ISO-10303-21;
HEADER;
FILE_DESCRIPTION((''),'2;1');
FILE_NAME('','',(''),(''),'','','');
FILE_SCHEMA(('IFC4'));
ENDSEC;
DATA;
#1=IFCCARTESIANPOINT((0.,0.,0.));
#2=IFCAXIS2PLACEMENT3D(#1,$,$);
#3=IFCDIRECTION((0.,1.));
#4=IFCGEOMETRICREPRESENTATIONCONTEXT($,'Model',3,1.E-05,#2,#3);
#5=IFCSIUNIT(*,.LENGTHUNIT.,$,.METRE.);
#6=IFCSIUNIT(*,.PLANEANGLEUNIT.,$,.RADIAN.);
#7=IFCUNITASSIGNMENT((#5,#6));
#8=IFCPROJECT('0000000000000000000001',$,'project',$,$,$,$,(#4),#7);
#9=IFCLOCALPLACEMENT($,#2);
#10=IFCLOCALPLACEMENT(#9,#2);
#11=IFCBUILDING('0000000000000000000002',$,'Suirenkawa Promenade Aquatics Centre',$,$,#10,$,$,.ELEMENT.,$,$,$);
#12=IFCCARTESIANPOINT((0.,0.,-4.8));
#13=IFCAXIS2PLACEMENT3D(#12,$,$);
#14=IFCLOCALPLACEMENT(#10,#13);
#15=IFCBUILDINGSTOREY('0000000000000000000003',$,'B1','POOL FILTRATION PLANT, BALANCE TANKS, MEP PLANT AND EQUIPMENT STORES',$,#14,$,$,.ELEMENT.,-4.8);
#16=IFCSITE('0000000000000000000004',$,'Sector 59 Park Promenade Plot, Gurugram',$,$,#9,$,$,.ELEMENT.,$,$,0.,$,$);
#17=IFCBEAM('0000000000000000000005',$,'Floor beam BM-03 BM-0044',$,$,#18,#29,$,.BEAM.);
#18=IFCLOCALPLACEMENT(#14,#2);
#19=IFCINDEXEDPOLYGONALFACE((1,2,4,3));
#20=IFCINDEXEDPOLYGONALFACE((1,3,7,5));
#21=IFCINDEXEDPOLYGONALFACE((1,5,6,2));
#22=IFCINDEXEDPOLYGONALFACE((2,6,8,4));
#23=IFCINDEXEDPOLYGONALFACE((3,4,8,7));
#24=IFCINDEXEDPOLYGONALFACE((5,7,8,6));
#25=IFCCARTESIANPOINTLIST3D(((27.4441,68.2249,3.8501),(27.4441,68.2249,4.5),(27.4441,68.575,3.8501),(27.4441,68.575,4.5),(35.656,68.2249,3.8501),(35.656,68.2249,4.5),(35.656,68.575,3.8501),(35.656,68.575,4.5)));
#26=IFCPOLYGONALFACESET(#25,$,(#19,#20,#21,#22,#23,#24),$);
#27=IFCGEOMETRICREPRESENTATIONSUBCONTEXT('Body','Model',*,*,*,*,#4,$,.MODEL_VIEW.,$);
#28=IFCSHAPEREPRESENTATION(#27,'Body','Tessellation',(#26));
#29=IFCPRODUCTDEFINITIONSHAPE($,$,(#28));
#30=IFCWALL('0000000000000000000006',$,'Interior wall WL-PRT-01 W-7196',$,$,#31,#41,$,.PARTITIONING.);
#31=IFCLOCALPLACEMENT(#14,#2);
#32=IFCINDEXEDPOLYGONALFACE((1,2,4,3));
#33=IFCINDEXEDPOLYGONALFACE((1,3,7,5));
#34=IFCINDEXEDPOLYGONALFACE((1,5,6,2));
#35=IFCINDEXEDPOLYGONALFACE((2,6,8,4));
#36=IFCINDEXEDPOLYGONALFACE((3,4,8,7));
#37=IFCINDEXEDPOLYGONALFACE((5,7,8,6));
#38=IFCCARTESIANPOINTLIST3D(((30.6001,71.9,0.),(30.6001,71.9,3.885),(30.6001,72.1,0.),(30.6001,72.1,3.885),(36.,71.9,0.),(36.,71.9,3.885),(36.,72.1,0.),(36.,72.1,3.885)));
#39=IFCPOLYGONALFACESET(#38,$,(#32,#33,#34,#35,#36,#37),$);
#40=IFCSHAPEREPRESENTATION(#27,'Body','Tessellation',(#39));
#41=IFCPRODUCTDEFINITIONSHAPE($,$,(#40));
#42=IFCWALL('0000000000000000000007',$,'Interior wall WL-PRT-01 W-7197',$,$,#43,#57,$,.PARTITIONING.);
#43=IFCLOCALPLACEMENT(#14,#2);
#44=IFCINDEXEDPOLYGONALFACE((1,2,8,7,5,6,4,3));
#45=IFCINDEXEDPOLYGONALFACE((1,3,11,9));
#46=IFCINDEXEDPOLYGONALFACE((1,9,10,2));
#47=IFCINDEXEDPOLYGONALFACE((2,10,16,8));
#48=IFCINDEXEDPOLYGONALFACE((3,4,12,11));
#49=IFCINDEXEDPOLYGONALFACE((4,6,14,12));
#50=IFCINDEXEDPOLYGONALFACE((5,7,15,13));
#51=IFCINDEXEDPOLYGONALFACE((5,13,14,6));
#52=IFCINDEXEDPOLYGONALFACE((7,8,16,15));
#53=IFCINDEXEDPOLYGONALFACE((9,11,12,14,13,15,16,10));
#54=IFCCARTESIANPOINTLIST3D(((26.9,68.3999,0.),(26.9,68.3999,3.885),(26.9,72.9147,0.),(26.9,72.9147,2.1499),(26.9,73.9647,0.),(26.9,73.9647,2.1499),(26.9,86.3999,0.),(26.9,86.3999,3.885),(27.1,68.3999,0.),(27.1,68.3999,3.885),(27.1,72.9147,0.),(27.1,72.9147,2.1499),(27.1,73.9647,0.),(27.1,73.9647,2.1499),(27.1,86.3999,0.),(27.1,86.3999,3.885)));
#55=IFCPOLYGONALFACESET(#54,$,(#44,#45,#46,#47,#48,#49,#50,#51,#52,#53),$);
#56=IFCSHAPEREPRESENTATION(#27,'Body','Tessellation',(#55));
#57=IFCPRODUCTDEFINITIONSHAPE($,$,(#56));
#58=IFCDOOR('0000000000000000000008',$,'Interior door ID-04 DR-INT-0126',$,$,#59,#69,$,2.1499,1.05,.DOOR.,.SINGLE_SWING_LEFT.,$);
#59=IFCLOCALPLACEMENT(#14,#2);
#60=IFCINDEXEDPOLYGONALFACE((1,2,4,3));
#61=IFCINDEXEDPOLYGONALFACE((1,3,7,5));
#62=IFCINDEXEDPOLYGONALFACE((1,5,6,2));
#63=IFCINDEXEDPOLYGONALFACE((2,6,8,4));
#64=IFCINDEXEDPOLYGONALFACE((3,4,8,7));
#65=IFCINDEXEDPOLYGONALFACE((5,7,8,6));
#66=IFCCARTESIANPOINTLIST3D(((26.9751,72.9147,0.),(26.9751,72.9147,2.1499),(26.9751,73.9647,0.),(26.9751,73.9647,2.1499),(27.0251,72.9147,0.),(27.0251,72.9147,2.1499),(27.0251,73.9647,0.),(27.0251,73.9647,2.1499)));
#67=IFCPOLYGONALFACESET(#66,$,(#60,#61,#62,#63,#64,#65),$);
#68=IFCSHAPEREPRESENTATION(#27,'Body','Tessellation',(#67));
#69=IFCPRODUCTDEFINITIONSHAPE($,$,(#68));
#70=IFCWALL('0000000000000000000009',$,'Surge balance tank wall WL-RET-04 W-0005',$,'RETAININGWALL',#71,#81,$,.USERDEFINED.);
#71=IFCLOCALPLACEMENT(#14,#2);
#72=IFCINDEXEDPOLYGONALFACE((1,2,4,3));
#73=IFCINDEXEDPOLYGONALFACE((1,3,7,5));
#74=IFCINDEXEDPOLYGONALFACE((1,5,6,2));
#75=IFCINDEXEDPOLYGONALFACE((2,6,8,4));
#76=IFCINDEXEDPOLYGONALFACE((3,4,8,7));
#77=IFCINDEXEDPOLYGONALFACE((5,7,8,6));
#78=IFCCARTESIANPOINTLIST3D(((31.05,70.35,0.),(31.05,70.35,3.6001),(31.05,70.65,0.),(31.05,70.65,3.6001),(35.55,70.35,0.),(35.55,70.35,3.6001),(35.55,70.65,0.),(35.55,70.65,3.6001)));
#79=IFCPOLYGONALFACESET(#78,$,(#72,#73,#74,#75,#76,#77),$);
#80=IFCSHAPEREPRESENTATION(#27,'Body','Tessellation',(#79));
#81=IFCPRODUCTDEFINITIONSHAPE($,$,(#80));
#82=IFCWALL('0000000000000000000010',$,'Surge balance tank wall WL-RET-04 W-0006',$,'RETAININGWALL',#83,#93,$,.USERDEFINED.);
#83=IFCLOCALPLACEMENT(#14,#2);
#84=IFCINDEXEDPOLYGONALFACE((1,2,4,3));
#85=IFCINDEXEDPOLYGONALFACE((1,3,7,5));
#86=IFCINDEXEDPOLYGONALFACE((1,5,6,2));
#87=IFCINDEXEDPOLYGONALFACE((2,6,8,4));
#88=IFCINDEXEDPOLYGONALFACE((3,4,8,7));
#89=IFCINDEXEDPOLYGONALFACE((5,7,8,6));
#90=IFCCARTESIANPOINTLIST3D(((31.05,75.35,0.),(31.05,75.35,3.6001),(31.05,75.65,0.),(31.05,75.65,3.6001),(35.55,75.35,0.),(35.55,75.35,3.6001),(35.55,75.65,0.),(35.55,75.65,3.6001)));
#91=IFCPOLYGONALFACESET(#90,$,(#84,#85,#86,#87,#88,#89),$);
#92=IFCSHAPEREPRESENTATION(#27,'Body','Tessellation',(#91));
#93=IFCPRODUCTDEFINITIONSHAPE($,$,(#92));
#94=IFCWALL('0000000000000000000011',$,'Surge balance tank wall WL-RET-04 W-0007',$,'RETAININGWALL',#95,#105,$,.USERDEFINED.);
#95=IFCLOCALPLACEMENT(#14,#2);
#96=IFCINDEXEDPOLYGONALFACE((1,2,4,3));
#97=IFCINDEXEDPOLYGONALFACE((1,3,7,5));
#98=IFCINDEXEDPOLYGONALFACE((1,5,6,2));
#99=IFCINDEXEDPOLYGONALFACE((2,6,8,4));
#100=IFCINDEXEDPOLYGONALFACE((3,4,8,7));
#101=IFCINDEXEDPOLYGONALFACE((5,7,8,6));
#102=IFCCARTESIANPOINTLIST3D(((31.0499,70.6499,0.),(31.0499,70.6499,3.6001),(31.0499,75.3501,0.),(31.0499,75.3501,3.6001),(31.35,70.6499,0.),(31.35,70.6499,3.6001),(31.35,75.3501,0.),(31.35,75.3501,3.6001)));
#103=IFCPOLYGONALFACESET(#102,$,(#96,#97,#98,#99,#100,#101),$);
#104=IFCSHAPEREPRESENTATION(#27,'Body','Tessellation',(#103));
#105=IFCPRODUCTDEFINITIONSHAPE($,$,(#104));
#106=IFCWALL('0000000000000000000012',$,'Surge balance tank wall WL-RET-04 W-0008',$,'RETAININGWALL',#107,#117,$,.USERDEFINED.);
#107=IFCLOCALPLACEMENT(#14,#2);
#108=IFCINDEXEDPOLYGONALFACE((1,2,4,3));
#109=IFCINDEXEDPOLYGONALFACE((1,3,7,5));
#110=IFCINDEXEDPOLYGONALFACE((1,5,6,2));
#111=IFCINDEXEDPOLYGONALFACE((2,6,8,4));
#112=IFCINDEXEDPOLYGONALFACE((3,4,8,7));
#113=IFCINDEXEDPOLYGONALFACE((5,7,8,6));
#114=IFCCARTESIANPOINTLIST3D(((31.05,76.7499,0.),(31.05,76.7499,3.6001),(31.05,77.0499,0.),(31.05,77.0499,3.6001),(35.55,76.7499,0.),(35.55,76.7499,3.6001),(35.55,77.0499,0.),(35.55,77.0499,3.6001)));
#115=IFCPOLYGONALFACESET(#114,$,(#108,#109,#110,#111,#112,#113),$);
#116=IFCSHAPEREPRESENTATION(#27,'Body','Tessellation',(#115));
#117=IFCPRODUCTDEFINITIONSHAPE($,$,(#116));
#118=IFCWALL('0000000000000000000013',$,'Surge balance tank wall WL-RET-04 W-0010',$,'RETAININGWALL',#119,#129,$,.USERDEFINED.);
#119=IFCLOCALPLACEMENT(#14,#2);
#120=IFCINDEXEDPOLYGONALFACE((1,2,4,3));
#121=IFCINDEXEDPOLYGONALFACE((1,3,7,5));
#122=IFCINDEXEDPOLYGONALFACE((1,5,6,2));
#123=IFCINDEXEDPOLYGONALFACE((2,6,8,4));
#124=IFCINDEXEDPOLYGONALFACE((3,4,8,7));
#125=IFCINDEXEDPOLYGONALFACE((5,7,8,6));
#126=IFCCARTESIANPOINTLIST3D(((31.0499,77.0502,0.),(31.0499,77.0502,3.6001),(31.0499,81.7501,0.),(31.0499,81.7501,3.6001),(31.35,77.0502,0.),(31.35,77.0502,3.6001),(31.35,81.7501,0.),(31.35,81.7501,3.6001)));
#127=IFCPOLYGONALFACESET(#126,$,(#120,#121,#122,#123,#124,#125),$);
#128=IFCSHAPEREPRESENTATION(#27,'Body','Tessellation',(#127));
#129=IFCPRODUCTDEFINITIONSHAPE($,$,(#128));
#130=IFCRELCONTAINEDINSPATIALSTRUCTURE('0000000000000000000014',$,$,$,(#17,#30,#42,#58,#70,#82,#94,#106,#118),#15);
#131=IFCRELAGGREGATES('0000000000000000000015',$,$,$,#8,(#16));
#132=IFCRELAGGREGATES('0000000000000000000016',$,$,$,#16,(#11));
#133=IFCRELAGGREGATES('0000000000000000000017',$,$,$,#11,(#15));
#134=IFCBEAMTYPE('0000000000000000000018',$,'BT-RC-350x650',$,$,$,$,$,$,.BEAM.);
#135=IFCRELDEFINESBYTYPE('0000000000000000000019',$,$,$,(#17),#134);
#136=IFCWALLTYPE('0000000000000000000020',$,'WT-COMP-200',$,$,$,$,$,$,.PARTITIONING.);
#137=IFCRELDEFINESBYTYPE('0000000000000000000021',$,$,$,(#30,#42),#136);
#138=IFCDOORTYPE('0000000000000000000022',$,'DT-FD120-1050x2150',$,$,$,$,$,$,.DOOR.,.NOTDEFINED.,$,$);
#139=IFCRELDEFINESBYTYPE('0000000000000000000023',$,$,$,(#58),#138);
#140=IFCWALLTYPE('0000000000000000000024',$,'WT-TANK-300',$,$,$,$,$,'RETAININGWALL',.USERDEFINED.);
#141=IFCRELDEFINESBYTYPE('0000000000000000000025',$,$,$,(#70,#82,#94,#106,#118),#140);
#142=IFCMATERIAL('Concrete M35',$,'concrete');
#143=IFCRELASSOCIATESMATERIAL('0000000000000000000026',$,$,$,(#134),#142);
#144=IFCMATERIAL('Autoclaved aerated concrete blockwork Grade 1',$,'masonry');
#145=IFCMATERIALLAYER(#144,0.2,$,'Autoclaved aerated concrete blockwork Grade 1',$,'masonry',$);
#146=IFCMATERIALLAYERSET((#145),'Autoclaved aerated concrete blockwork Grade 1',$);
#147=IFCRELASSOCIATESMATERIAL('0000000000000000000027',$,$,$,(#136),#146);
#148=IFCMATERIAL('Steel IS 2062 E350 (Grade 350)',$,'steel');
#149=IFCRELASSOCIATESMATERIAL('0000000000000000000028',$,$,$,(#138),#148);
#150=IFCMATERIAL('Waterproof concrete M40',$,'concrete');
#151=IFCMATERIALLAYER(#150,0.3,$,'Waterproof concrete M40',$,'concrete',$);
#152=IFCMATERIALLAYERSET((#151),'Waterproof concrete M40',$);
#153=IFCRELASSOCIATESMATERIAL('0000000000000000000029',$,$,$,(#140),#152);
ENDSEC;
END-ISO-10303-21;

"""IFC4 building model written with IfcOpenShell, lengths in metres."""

from ifc_helpers import new_model, si_unit, direction, frame, frame_2d, origin, origin_2d, place, context, subcontext, project, spatial, rectangle, extrude, material, layer, layer_set, material_profile, profile_set, type_object, element, fill, save


model = new_model("IFC4")

# Units and contexts
model_context = context("Model", 3, precision=1e-05, world=origin(), true_north=direction((0.0, 1.0)))
body_context = subcontext(model_context, "Body", "Model", "MODEL_VIEW")
ifc_project = project(units=[si_unit("LENGTHUNIT", "METRE"), si_unit("PLANEANGLEUNIT", "RADIAN")], contexts=[model_context])

# Site, building, storey
site_placement = place(None, origin())
site = spatial("IfcSite", under=ifc_project, at=site_placement, Name="Sector 59 Park Promenade Plot, Gurugram", CompositionType="ELEMENT", RefElevation=0.0)
building_placement = place(site_placement, origin())
building = spatial("IfcBuilding", under=site, at=building_placement, Name="Suirenkawa Promenade Aquatics Centre", CompositionType="ELEMENT")
storey_placement = place(building_placement, frame((0.0, 0.0, -4.8)))
storey = spatial("IfcBuildingStorey", under=building, at=storey_placement, Name="B1", Description="POOL FILTRATION PLANT, BALANCE TANKS, MEP PLANT AND EQUIPMENT STORES", CompositionType="ELEMENT", Elevation=-4.8)

# Shared definitions
ifc_material_1 = material(Name="Concrete M35", Category="concrete")

# Beam
ifc_material_2 = material(Name="Steel IS 2062 E350 (Grade 350)", Category="steel")
ifc_material_profile_1 = material_profile(ifc_material_1, rectangle(XDim=0.3501, YDim=0.6499, at=origin_2d()), Name="RC BM 350x650", Category="concrete")
ifc_profile_set_1 = profile_set([ifc_material_profile_1], Name="Concrete M35")
beam_type_1 = type_object("IfcBeamType", Name="BT-RC-350x650", PredefinedType="BEAM", material=ifc_profile_set_1)
beam_1_placement = place(storey_placement, frame((27.4441, 68.3999, 4.175), z_axis=(1.0, 0.0, 0.0), x_axis=(0.0, 1.0, 0.0)))
element("IfcBeam", 1, at=beam_1_placement, inside=storey, type_object=beam_type_1, Name="Floor beam BM-03 BM-0044", PredefinedType="BEAM", context=body_context, shape_type="SweptSolid", body=[
    extrude(rectangle(XDim=0.3501, YDim=0.6499, at=origin_2d()), origin(), (0.0, 0.0, 1.0), 8.2119),
])

# Wall
ifc_material_3 = material(Name="Autoclaved aerated concrete blockwork Grade 1", Category="masonry")
ifc_layer_1 = layer(ifc_material_3, 0.2, Name="Autoclaved aerated concrete blockwork Grade 1", Category="masonry")
ifc_layer_set_1 = layer_set([ifc_layer_1], Name="Autoclaved aerated concrete blockwork Grade 1")
wall_type_1 = type_object("IfcWallType", Name="WT-COMP-200", PredefinedType="PARTITIONING", material=ifc_layer_set_1)
wall_1_placement = place(storey_placement, frame((30.6001, 72.0, 0.0), z_axis=(0.0, 0.0, 1.0), x_axis=(1.0, 0.0, 0.0)))
element("IfcWall", 2, at=wall_1_placement, inside=storey, type_object=wall_type_1, Name="Interior wall WL-PRT-01 W-7196", PredefinedType="PARTITIONING", context=body_context, shape_type="SweptSolid", body=[
    extrude(rectangle(XDim=5.3999, YDim=0.2, at=frame_2d((2.7, 0.0))), origin(), (0.0, 0.0, 1.0), 3.885),
])

# Wall, opening, door
wall_2_placement = place(storey_placement, frame((27.0, 68.3999, 0.0), z_axis=(0.0, 0.0, 1.0), x_axis=(0.0, 1.0, 0.0)))
wall_2 = element("IfcWall", 3, at=wall_2_placement, inside=storey, type_object=wall_type_1, Name="Interior wall WL-PRT-01 W-7197", PredefinedType="PARTITIONING", context=body_context, shape_type="SweptSolid", body=[
    extrude(rectangle(XDim=18.0, YDim=0.2, at=frame_2d((9.0, 0.0))), origin(), (0.0, 0.0, 1.0), 3.885),
])
opening_placement = place(wall_2_placement, frame((4.5149, 0.0, 0.0)))
opening = element("IfcOpeningElement", 4, at=opening_placement, cuts=wall_2, PredefinedType="OPENING", context=body_context, shape_type="SweptSolid", body=[
    extrude(rectangle(XDim=1.05, YDim=2.1499, at=frame_2d((0.5249, 1.075))), frame((0.0, 0.1099, 0.0), z_axis=(0.0, -1.0, 0.0), x_axis=(1.0, 0.0, 0.0)), (0.0, 0.0, 1.0), 0.22),
])
door_type = type_object("IfcDoorType", Name="DT-FD120-1050x2150", OperationType="NOTDEFINED", PredefinedType="DOOR", material=ifc_material_2)
door_placement = place(opening_placement, origin())
door = element("IfcDoor", 5, at=door_placement, inside=storey, type_object=door_type, Name="Interior door ID-04 DR-INT-0126", OperationType="SINGLE_SWING_LEFT", OverallHeight=2.1499, OverallWidth=1.05, PredefinedType="DOOR", context=body_context, shape_type="SweptSolid", body=[
    extrude(rectangle(XDim=1.05, YDim=2.1499, at=frame_2d((0.5249, 1.075))), frame((0.0, 0.0249, 0.0), z_axis=(0.0, -1.0, 0.0), x_axis=(1.0, 0.0, 0.0)), (0.0, 0.0, 1.0), 0.05),
])
fill(opening, door)

# Walls
ifc_material_4 = material(Name="Waterproof concrete M40", Category="concrete")
ifc_layer_2 = layer(ifc_material_4, 0.3, Name="Waterproof concrete M40", Category="concrete")
ifc_layer_set_2 = layer_set([ifc_layer_2], Name="Waterproof concrete M40")
wall_type_2 = type_object("IfcWallType", Name="WT-TANK-300", ElementType="RETAININGWALL", PredefinedType="USERDEFINED", material=ifc_layer_set_2)
for number, where, z_axis, x_axis, name in (
    (6, (31.05, 70.5, 0.0), (0.0, 0.0, 1.0), (1.0, 0.0, 0.0), "Surge balance tank wall WL-RET-04 W-0005"),
    (7, (31.05, 75.5, 0.0), (0.0, 0.0, 1.0), (1.0, 0.0, 0.0), "Surge balance tank wall WL-RET-04 W-0006"),
):
    element("IfcWall", number, at=place(storey_placement, frame(where, z_axis=z_axis, x_axis=x_axis)), inside=storey, type_object=wall_type_2, Name=name, ObjectType="RETAININGWALL", PredefinedType="USERDEFINED", context=body_context, shape_type="SweptSolid", body=[
        extrude(rectangle(XDim=4.5, YDim=0.3, at=frame_2d((2.25, 0.0))), origin(), (0.0, 0.0, 1.0), 3.6001),
    ])
wall_3_placement = place(storey_placement, frame((31.2, 70.6499, 0.0), z_axis=(0.0, 0.0, 1.0), x_axis=(0.0, 1.0, 0.0)))
element("IfcWall", 8, at=wall_3_placement, inside=storey, type_object=wall_type_2, Name="Surge balance tank wall WL-RET-04 W-0007", ObjectType="RETAININGWALL", PredefinedType="USERDEFINED", context=body_context, shape_type="SweptSolid", body=[
    extrude(rectangle(XDim=4.7002, YDim=0.3, at=frame_2d((2.3501, 0.0))), origin(), (0.0, 0.0, 1.0), 3.6001),
])
wall_4_placement = place(storey_placement, frame((31.05, 76.8999, 0.0), z_axis=(0.0, 0.0, 1.0), x_axis=(1.0, 0.0, 0.0)))
element("IfcWall", 9, at=wall_4_placement, inside=storey, type_object=wall_type_2, Name="Surge balance tank wall WL-RET-04 W-0008", ObjectType="RETAININGWALL", PredefinedType="USERDEFINED", context=body_context, shape_type="SweptSolid", body=[
    extrude(rectangle(XDim=4.5, YDim=0.3, at=frame_2d((2.25, 0.0))), origin(), (0.0, 0.0, 1.0), 3.6001),
])
wall_5_placement = place(storey_placement, frame((31.2, 77.05, 0.0), z_axis=(0.0, 0.0, 1.0), x_axis=(0.0, 1.0, 0.0)))
element("IfcWall", 10, at=wall_5_placement, inside=storey, type_object=wall_type_2, Name="Surge balance tank wall WL-RET-04 W-0010", ObjectType="RETAININGWALL", PredefinedType="USERDEFINED", context=body_context, shape_type="SweptSolid", body=[
    extrude(rectangle(XDim=4.7, YDim=0.3, at=frame_2d((2.3501, 0.0))), origin(), (0.0, 0.0, 1.0), 3.6001),
])

save(model, "model.ifc")
